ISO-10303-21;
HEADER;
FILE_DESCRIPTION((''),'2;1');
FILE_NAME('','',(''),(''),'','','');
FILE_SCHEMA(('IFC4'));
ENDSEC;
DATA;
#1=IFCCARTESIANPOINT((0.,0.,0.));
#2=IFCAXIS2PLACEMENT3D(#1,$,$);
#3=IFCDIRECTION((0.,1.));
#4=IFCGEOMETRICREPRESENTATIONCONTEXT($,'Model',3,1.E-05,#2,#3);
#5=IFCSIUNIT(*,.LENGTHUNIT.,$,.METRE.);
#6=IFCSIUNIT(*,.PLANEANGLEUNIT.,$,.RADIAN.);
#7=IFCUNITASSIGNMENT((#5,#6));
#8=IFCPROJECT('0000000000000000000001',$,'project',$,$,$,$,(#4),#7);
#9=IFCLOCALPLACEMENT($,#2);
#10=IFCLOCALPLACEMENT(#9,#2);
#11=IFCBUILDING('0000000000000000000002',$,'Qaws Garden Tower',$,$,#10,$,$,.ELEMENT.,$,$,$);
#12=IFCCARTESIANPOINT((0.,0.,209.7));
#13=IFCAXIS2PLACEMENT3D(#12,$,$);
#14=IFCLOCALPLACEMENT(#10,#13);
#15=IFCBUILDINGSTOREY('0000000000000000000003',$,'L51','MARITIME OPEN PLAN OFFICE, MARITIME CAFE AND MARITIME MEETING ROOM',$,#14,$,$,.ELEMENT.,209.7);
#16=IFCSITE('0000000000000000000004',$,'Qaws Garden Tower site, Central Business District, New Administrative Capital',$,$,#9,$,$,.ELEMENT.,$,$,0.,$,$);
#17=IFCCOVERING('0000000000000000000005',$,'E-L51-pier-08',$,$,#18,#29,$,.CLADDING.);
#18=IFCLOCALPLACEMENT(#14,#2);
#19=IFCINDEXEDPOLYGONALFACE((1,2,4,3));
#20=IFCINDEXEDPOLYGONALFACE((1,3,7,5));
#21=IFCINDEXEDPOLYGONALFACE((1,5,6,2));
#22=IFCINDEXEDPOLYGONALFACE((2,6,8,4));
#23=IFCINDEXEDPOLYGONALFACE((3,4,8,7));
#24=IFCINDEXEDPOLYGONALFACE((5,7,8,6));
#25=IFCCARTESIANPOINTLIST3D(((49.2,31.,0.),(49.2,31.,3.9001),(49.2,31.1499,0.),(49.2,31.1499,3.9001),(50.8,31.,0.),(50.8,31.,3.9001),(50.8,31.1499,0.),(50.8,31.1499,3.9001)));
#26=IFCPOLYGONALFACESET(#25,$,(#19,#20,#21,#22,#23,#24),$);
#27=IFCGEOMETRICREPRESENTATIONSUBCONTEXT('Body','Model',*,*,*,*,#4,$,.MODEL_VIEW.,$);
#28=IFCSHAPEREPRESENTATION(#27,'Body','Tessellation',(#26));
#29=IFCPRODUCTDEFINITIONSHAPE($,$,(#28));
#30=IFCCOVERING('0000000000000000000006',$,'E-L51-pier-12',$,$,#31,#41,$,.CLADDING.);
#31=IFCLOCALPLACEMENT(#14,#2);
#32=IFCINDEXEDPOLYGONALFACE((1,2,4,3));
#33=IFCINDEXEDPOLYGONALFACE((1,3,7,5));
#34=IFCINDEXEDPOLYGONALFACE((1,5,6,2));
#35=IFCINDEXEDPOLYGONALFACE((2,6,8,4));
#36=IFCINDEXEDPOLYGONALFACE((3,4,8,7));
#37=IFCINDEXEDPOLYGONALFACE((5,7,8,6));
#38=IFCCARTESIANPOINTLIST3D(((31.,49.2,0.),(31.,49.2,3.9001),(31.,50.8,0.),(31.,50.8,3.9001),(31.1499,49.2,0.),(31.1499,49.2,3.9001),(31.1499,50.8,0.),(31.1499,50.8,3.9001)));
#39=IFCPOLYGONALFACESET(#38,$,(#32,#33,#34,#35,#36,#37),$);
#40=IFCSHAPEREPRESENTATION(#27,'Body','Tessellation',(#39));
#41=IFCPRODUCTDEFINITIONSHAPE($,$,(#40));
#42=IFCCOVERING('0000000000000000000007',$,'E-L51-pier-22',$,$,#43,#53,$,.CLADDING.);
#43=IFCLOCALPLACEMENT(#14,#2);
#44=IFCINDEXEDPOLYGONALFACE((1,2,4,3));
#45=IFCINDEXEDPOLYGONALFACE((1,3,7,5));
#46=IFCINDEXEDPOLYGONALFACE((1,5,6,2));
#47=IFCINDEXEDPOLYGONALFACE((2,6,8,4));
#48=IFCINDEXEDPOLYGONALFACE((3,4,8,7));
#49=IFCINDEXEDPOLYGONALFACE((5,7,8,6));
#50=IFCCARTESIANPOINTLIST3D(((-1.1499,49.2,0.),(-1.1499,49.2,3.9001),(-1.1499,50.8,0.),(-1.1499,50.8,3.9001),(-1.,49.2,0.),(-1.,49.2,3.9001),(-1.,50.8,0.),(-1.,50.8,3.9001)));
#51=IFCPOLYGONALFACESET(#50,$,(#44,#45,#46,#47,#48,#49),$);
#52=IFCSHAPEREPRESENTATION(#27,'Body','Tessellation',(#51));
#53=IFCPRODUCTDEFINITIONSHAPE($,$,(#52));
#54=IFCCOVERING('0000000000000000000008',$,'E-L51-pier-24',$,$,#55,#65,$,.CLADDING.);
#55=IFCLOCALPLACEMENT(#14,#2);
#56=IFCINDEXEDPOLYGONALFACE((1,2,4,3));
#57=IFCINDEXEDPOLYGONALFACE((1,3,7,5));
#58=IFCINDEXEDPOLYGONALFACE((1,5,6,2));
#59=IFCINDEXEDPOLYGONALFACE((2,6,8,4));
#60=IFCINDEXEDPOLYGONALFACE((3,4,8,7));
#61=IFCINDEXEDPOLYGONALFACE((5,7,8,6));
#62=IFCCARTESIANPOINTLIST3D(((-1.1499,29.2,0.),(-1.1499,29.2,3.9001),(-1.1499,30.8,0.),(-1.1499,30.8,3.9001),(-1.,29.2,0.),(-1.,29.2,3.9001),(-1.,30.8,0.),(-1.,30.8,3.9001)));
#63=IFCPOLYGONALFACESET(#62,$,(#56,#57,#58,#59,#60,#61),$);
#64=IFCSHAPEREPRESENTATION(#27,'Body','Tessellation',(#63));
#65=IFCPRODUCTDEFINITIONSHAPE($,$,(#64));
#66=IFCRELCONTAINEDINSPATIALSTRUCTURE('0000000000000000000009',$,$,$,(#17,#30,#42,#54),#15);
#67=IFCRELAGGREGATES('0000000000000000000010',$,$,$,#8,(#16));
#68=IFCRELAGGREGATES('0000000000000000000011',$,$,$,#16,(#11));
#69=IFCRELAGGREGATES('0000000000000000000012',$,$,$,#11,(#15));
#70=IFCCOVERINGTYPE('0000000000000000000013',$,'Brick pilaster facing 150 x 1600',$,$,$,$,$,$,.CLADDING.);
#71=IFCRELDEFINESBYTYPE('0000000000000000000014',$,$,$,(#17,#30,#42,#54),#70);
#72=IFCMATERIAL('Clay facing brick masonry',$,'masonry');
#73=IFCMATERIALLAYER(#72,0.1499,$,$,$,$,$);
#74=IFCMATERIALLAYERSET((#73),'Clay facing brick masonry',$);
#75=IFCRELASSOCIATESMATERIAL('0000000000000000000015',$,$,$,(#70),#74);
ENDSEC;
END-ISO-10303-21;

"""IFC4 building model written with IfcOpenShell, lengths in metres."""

from ifc_helpers import new_model, si_unit, direction, frame, origin, place, context, subcontext, project, spatial, polyline, outline, extrude, material, layer, layer_set, type_object, element, save


model = new_model("IFC4")

# Units and contexts
model_context = context("Model", 3, precision=1e-05, world=origin(), true_north=direction((0.0, 1.0)))
body_context = subcontext(model_context, "Body", "Model", "MODEL_VIEW")
ifc_project = project(units=[si_unit("LENGTHUNIT", "METRE"), si_unit("PLANEANGLEUNIT", "RADIAN")], contexts=[model_context])

# Site, building, storey
site_placement = place(None, origin())
site = spatial("IfcSite", under=ifc_project, at=site_placement, Name="Qaws Garden Tower site, Central Business District, New Administrative Capital", CompositionType="ELEMENT", RefElevation=0.0)
building_placement = place(site_placement, origin())
building = spatial("IfcBuilding", under=site, at=building_placement, Name="Qaws Garden Tower", CompositionType="ELEMENT")
storey_placement = place(building_placement, frame((0.0, 0.0, 209.7)))
storey = spatial("IfcBuildingStorey", under=building, at=storey_placement, Name="L51", Description="MARITIME OPEN PLAN OFFICE, MARITIME CAFE AND MARITIME MEETING ROOM", CompositionType="ELEMENT", Elevation=209.7)

# Shared definitions
placement = place(storey_placement, origin())

# Coverings
ifc_material_1 = material(Name="Clay facing brick masonry", Category="masonry")
ifc_layer_1 = layer(ifc_material_1, 0.1499)
ifc_layer_set_1 = layer_set([ifc_layer_1], Name="Clay facing brick masonry")
covering_type = type_object("IfcCoveringType", Name="Brick pilaster facing 150 x 1600", PredefinedType="CLADDING", material=ifc_layer_set_1)
element("IfcCovering", 1, at=placement, inside=storey, type_object=covering_type, Name="E-L51-pier-08", PredefinedType="CLADDING", context=body_context, shape_type="SweptSolid", body=[
    extrude(outline(polyline([(50.8, 31.0), (49.2, 31.0), (49.2, 31.1499), (50.8, 31.1499), (50.8, 31.0)])), origin(), (0.0, 0.0, 1.0), 3.9001),
])
element("IfcCovering", 2, at=placement, inside=storey, type_object=covering_type, Name="E-L51-pier-12", PredefinedType="CLADDING", context=body_context, shape_type="SweptSolid", body=[
    extrude(outline(polyline([(31.0, 49.2), (31.0, 50.8), (31.1499, 50.8), (31.1499, 49.2), (31.0, 49.2)])), origin(), (0.0, 0.0, 1.0), 3.9001),
])
element("IfcCovering", 3, at=placement, inside=storey, type_object=covering_type, Name="E-L51-pier-22", PredefinedType="CLADDING", context=body_context, shape_type="SweptSolid", body=[
    extrude(outline(polyline([(-1.0, 50.8), (-1.0, 49.2), (-1.1499, 49.2), (-1.1499, 50.8), (-1.0, 50.8)])), origin(), (0.0, 0.0, 1.0), 3.9001),
])
element("IfcCovering", 4, at=placement, inside=storey, type_object=covering_type, Name="E-L51-pier-24", PredefinedType="CLADDING", context=body_context, shape_type="SweptSolid", body=[
    extrude(outline(polyline([(-1.0, 30.8), (-1.0, 29.2), (-1.1499, 29.2), (-1.1499, 30.8), (-1.0, 30.8)])), origin(), (0.0, 0.0, 1.0), 3.9001),
])

save(model, "model.ifc")
